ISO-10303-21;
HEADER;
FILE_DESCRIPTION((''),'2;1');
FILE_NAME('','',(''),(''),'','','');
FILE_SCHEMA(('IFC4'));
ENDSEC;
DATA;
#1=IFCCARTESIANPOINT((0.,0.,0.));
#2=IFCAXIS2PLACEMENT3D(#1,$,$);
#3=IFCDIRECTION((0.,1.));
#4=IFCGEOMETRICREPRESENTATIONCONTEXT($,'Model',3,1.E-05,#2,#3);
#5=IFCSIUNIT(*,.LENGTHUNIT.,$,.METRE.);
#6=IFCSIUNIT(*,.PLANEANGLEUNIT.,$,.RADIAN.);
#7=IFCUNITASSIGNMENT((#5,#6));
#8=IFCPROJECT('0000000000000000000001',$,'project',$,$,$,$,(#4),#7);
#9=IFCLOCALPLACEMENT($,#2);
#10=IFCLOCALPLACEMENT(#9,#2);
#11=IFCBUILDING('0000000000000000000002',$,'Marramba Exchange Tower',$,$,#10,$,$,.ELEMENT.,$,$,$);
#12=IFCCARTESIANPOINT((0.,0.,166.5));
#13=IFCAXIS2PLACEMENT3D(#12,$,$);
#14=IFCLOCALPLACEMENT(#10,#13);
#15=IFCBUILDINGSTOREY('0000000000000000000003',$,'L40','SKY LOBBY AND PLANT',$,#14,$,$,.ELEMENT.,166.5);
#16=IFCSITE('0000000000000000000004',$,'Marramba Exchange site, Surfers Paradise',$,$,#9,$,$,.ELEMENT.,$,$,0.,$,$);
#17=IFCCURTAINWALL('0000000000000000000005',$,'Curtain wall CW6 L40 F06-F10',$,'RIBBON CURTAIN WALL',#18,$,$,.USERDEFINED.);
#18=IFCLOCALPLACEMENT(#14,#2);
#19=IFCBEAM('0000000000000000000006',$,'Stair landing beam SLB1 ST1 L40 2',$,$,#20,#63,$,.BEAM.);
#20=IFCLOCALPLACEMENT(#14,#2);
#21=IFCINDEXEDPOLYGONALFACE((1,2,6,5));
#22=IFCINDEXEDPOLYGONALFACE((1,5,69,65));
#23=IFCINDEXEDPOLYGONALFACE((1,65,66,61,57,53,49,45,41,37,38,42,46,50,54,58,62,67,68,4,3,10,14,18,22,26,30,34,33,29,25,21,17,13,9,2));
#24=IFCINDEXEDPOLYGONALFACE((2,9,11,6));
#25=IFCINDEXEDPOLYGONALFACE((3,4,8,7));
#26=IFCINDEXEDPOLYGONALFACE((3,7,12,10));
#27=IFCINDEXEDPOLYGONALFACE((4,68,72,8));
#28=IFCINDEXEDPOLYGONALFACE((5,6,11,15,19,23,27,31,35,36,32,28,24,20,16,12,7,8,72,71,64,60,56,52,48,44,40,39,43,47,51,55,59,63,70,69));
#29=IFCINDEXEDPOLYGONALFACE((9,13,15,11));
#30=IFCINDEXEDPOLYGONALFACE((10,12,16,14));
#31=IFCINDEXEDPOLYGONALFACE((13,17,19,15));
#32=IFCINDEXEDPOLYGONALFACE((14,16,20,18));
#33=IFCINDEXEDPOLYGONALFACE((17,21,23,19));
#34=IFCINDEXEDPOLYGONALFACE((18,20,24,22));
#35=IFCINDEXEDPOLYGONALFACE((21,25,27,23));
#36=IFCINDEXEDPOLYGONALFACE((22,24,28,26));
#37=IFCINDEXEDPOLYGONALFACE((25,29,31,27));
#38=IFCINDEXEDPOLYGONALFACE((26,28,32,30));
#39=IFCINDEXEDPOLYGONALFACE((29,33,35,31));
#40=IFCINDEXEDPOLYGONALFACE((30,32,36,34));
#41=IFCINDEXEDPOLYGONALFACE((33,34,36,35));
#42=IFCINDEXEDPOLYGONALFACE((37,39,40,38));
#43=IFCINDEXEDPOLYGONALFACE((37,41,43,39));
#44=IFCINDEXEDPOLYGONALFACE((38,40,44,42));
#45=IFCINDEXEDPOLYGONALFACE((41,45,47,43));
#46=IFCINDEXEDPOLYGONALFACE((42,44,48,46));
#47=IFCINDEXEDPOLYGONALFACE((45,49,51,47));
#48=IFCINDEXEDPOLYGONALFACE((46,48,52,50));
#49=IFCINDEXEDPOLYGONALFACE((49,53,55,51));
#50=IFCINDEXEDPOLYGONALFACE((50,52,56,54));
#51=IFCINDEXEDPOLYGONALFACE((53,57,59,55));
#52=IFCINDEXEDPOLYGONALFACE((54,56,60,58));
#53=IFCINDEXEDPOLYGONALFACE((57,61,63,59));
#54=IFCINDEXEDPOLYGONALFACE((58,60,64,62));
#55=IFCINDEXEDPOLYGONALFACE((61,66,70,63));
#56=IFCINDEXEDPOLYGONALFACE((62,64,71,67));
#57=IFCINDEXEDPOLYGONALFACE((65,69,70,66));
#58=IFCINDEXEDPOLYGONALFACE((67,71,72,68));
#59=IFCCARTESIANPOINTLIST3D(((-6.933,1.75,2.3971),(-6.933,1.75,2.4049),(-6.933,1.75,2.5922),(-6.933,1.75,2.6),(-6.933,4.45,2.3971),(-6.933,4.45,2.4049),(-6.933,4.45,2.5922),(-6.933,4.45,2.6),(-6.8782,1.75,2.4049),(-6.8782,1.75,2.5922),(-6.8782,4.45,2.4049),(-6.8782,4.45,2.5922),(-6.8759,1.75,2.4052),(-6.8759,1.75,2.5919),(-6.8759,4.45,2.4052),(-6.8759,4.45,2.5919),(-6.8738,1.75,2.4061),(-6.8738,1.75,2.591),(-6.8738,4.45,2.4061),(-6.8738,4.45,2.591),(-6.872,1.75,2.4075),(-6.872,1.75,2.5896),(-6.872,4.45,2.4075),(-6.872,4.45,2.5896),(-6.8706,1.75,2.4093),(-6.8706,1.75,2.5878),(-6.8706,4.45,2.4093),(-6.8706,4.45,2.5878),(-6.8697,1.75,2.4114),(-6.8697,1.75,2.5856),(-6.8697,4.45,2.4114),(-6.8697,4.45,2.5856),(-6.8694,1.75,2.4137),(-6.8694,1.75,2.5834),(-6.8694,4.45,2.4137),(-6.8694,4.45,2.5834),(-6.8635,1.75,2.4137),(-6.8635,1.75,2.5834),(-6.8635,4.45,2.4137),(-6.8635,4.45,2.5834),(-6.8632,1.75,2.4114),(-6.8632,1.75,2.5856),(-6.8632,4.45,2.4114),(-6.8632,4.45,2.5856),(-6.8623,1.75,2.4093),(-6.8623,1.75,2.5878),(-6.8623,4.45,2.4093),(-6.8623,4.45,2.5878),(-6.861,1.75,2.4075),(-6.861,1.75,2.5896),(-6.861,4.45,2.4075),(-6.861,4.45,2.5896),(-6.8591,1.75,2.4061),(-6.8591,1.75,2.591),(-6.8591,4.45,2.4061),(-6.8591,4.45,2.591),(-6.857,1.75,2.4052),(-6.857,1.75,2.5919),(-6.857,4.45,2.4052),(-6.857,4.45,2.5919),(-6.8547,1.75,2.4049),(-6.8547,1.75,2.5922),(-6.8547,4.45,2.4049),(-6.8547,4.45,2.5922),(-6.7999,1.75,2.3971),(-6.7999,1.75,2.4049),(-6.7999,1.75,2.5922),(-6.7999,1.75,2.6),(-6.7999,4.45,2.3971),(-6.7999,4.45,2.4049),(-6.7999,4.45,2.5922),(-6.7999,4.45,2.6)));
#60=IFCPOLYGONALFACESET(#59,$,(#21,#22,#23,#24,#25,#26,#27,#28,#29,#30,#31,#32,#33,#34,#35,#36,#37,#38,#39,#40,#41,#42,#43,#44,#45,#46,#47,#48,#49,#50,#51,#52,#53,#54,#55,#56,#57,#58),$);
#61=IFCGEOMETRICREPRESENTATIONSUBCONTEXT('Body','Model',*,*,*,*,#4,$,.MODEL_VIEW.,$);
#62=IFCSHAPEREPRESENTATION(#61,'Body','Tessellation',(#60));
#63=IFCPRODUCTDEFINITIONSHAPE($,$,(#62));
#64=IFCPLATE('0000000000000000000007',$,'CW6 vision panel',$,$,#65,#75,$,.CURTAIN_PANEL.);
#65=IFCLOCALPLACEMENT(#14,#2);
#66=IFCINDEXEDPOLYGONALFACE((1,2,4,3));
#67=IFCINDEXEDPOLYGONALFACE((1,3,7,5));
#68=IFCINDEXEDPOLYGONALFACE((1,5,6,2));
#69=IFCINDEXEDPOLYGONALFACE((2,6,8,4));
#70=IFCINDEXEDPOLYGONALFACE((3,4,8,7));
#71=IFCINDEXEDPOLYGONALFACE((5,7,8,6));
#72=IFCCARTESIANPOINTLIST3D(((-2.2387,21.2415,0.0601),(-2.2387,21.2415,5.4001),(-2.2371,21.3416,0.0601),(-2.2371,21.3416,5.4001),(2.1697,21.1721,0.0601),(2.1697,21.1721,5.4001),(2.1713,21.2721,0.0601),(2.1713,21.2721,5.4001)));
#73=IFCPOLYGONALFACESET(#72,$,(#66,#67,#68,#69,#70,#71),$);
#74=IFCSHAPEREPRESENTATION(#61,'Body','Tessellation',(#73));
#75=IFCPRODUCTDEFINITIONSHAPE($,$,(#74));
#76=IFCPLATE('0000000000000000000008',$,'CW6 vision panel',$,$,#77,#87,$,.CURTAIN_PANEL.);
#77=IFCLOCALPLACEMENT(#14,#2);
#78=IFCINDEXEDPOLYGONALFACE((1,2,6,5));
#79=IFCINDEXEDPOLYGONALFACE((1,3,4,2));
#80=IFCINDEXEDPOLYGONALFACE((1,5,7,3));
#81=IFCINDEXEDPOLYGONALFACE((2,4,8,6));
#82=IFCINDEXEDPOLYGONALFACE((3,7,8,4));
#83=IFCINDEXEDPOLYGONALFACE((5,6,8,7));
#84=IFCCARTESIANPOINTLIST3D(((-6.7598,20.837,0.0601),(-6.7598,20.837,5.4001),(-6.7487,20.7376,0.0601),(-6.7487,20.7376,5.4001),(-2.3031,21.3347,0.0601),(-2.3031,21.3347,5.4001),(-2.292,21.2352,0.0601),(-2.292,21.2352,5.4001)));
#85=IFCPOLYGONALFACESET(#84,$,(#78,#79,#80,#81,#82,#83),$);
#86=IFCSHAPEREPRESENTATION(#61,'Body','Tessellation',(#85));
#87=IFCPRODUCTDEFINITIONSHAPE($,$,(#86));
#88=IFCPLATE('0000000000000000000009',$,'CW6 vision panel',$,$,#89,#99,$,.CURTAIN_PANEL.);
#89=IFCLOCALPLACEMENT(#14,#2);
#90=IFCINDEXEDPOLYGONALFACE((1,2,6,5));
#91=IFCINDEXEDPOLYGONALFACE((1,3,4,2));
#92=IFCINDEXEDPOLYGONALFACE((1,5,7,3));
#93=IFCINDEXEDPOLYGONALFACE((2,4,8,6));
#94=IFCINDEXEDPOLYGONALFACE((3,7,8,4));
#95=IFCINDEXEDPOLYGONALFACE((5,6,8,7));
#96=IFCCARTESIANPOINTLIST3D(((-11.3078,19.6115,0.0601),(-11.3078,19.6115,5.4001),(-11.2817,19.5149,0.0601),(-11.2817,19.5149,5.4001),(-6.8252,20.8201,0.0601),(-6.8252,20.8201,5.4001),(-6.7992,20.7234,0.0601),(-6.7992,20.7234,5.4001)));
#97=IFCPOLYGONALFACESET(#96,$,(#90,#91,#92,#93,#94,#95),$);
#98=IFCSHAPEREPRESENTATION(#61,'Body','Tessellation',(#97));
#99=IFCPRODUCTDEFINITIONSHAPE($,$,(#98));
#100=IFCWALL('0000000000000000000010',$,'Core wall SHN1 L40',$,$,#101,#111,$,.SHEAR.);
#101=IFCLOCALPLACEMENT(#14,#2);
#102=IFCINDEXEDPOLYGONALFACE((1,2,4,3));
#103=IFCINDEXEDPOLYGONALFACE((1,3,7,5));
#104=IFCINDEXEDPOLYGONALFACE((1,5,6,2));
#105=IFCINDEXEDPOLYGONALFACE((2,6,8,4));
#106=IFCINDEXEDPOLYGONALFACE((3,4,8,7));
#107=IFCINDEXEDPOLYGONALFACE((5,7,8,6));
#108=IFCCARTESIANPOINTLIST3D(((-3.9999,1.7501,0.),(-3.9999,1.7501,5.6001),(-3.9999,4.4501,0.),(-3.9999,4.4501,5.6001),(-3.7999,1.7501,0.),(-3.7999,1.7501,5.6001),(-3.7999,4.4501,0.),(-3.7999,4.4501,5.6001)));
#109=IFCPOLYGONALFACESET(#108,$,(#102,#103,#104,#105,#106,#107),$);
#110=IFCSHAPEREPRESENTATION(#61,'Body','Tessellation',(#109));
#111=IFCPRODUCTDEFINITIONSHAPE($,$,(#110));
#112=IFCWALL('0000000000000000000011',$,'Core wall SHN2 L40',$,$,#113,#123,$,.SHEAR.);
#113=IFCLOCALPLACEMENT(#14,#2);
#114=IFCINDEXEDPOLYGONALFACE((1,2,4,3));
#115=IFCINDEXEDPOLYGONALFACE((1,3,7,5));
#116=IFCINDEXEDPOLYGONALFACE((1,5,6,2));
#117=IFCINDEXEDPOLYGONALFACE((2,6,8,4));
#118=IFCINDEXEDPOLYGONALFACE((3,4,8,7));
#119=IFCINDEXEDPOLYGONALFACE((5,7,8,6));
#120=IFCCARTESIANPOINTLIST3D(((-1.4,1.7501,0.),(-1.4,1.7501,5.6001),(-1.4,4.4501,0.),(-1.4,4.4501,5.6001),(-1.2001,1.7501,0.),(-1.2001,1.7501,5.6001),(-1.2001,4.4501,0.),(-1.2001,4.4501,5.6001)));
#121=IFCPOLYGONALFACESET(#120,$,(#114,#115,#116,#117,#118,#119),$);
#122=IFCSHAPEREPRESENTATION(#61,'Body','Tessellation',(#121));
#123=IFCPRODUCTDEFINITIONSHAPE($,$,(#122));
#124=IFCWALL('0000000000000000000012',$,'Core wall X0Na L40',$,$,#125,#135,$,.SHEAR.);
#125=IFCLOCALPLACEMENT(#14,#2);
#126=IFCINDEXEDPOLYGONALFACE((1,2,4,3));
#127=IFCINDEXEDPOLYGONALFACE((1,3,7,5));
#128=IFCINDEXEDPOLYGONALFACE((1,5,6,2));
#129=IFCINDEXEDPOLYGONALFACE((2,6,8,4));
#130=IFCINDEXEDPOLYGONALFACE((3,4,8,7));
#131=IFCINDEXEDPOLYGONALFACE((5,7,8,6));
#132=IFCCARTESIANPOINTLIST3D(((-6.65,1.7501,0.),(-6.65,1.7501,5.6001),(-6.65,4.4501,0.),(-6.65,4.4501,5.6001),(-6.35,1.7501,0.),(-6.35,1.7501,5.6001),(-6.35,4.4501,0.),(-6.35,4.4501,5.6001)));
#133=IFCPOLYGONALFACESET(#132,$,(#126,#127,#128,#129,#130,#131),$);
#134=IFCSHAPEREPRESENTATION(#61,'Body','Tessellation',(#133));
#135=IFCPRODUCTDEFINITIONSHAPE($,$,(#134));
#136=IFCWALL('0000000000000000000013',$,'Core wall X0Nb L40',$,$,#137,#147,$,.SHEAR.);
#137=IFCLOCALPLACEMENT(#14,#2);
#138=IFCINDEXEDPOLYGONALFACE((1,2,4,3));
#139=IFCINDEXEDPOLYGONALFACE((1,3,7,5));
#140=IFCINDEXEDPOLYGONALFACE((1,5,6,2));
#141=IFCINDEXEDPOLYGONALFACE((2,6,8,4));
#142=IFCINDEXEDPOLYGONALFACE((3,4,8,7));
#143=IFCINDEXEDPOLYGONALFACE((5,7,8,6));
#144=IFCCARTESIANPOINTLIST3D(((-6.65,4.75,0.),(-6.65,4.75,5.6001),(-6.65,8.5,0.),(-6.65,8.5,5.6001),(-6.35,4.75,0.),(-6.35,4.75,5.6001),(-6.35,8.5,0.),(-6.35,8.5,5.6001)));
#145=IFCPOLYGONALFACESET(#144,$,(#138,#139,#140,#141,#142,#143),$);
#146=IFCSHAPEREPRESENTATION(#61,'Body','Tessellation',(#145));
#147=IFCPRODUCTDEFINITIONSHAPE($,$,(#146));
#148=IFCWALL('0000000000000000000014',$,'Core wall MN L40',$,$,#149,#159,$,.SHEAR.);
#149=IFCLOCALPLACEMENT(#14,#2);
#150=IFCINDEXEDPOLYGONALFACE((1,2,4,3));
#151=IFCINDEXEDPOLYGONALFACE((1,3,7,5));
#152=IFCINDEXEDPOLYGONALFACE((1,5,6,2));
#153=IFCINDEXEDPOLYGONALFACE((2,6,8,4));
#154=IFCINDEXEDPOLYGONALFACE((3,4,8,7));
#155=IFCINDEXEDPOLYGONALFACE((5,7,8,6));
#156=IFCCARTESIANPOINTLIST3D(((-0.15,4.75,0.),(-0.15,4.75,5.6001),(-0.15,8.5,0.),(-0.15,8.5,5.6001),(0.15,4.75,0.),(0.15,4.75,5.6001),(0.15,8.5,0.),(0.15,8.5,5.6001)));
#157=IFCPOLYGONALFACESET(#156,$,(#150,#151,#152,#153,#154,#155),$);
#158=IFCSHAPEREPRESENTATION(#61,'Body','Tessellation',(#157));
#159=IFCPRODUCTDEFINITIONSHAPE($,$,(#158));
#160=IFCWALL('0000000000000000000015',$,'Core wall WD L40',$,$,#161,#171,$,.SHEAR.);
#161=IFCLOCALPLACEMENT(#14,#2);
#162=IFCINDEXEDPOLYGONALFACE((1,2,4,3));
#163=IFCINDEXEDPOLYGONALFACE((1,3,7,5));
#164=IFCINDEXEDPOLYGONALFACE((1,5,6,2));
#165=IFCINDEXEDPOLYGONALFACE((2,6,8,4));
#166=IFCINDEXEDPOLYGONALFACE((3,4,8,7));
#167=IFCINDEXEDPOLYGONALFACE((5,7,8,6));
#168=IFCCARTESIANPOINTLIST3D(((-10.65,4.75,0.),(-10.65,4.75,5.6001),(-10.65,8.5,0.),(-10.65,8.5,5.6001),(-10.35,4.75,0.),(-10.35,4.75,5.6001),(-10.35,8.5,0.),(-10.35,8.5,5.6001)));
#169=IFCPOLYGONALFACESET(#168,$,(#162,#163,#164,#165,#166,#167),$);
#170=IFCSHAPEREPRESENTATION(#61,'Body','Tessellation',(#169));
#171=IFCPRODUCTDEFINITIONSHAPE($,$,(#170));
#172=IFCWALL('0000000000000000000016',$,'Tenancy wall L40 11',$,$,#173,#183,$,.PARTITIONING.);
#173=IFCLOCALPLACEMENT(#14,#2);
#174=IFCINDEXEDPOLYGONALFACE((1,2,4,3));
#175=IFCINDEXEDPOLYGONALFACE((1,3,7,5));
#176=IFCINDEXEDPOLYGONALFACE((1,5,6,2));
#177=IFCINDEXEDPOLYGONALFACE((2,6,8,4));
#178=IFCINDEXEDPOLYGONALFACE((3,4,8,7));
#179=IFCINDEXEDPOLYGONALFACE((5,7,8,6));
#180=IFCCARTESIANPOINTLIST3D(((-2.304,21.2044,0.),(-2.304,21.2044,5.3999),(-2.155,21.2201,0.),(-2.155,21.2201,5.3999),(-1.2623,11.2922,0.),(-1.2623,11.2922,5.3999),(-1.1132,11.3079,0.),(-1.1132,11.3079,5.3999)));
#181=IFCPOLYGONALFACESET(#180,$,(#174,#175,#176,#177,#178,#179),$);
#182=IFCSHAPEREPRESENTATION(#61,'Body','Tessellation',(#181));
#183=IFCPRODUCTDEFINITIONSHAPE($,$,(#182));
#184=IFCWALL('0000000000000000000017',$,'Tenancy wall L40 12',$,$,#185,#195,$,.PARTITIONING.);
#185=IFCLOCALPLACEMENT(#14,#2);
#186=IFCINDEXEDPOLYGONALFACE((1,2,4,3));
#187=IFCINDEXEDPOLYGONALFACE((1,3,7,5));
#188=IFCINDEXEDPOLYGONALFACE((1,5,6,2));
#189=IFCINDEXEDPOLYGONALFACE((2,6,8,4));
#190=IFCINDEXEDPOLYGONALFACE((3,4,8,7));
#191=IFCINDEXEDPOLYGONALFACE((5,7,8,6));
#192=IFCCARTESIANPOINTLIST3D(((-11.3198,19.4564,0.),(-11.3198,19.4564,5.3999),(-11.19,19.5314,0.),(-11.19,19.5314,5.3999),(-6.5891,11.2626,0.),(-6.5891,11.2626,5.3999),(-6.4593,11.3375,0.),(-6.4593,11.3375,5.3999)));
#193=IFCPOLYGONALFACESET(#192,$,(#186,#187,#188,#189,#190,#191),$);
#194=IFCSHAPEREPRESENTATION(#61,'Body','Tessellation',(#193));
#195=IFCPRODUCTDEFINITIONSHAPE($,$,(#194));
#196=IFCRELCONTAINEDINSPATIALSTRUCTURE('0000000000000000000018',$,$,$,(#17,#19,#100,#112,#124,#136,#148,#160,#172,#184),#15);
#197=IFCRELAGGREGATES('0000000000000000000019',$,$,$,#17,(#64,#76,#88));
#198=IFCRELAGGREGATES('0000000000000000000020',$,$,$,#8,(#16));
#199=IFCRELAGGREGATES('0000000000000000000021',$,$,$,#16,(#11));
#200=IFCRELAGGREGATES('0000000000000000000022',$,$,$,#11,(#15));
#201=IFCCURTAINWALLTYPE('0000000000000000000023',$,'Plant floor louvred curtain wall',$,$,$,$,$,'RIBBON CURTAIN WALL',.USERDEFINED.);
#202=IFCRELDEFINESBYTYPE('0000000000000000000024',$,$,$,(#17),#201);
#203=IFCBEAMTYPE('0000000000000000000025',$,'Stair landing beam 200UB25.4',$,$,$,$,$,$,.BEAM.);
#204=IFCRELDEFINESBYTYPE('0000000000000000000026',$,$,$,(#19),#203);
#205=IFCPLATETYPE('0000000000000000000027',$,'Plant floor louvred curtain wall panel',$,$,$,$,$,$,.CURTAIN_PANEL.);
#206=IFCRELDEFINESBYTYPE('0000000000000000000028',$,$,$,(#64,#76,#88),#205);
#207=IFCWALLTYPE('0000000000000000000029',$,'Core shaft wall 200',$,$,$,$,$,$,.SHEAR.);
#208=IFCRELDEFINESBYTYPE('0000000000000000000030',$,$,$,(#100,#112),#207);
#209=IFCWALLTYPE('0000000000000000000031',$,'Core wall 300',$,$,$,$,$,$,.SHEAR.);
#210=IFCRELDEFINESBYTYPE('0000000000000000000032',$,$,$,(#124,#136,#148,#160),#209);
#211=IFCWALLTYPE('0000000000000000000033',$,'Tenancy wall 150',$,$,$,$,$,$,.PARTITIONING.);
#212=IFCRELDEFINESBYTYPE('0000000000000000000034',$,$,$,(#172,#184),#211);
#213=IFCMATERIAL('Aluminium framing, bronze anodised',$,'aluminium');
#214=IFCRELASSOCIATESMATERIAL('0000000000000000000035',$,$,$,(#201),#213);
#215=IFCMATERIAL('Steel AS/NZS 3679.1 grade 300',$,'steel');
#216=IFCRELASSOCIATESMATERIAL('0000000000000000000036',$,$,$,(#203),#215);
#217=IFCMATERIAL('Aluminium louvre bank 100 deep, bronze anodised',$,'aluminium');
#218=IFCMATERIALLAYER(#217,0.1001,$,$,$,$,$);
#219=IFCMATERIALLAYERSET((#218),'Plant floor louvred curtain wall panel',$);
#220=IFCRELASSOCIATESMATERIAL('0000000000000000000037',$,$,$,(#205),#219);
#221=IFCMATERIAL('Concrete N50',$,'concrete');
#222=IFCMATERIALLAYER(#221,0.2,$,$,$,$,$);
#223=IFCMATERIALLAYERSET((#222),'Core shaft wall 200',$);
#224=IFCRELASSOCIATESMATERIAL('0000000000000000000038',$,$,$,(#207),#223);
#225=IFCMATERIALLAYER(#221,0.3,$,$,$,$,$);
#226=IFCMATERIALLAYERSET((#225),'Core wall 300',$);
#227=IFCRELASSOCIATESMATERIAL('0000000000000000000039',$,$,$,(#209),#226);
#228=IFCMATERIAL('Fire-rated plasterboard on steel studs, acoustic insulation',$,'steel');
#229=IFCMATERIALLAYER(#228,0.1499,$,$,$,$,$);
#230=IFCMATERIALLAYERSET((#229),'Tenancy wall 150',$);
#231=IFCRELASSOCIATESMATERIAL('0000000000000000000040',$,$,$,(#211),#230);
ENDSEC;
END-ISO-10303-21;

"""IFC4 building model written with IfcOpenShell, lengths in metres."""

from ifc_helpers import new_model, si_unit, direction, frame, frame_2d, origin, origin_2d, place, context, subcontext, project, spatial, rectangle, i_section, extrude, material, layer, layer_set, material_profile, profile_set, type_object, element, aggregate, save


model = new_model("IFC4")

# Units and contexts
model_context = context("Model", 3, precision=1e-05, world=origin(), true_north=direction((0.0, 1.0)))
body_context = subcontext(model_context, "Body", "Model", "MODEL_VIEW")
ifc_project = project(units=[si_unit("LENGTHUNIT", "METRE"), si_unit("PLANEANGLEUNIT", "RADIAN")], contexts=[model_context])

# Site, building, storey
site_placement = place(None, origin())
site = spatial("IfcSite", under=ifc_project, at=site_placement, Name="Marramba Exchange site, Surfers Paradise", CompositionType="ELEMENT", RefElevation=0.0)
building_placement = place(site_placement, origin())
building = spatial("IfcBuilding", under=site, at=building_placement, Name="Marramba Exchange Tower", CompositionType="ELEMENT")
storey_placement = place(building_placement, frame((0.0, 0.0, 166.5)))
storey = spatial("IfcBuildingStorey", under=building, at=storey_placement, Name="L40", Description="SKY LOBBY AND PLANT", CompositionType="ELEMENT", Elevation=166.5)

# Shared definitions
ifc_material_1 = material(Name="Concrete N50", Category="concrete")

# Shared definitions
ifc_material_2 = material(Name="Steel AS/NZS 3679.1 grade 300", Category="steel")

# Curtain wall
ifc_material_3 = material(Name="Aluminium framing, bronze anodised", Category="aluminium")
curtain_wall_type = type_object("IfcCurtainWallType", Name="Plant floor louvred curtain wall", ElementType="RIBBON CURTAIN WALL", PredefinedType="USERDEFINED", material=ifc_material_3)
curtain_wall_1_placement = place(storey_placement, origin())
curtain_wall_1 = element("IfcCurtainWall", 1, at=curtain_wall_1_placement, inside=storey, type_object=curtain_wall_type, Name="Curtain wall CW6 L40 F06-F10", ObjectType="RIBBON CURTAIN WALL", PredefinedType="USERDEFINED")

# Beam
ifc_material_profile_1 = material_profile(ifc_material_2, i_section(OverallWidth=0.1331, OverallDepth=0.2029, WebThickness=0.0059, FlangeThickness=0.0078, FilletRadius=0.0088, at=origin_2d()), Name="200UB25.4")
ifc_profile_set_1 = profile_set([ifc_material_profile_1], Name="Steel AS/NZS 3679.1 grade 300")
beam_type_1 = type_object("IfcBeamType", Name="Stair landing beam 200UB25.4", PredefinedType="BEAM", material=ifc_profile_set_1)
for number, where, z_axis, x_axis, name in (
    (2, (-6.8665, 1.75, 2.4985), (0.0, 1.0, 0.0), (-1.0, 0.0, 0.0), "Stair landing beam SLB1 ST1 L40 2"),
):
    element("IfcBeam", number, at=place(storey_placement, frame(where, z_axis=z_axis, x_axis=x_axis)), inside=storey, type_object=beam_type_1, Name=name, PredefinedType="BEAM", context=body_context, shape_type="SweptSolid", body=[
        extrude(i_section(OverallWidth=0.1331, OverallDepth=0.2029, WebThickness=0.0059, FlangeThickness=0.0078, FilletRadius=0.0088, at=origin_2d()), origin(), (0.0, 0.0, 1.0), 2.7),
    ])

# Plates
ifc_material_4 = material(Name="Aluminium louvre bank 100 deep, bronze anodised", Category="aluminium")
ifc_layer_1 = layer(ifc_material_4, 0.1001)
ifc_layer_set_1 = layer_set([ifc_layer_1], Name="Plant floor louvred curtain wall panel")
plate_type = type_object("IfcPlateType", Name="Plant floor louvred curtain wall panel", PredefinedType="CURTAIN_PANEL", material=ifc_layer_set_1)
plate_1_placement = place(storey_placement, frame((-0.0337, 21.2568, 0.0601), z_axis=(0.0, 0.0, 1.0), x_axis=(-0.999876, 0.015756, 0.0)))
plate_1 = element("IfcPlate", 3, at=plate_1_placement, type_object=plate_type, Name="CW6 vision panel", PredefinedType="CURTAIN_PANEL", context=body_context, shape_type="SweptSolid", body=[
    extrude(rectangle(XDim=4.4089, YDim=0.1001, at=origin_2d()), origin(), (0.0, 0.0, 1.0), 5.3401),
])
plate_2_placement = place(storey_placement, frame((-4.5259, 21.0361, 0.0601), z_axis=(0.0, 0.0, 1.0), x_axis=(-0.993823, -0.110973, 0.0)))
plate_2 = element("IfcPlate", 4, at=plate_2_placement, type_object=plate_type, Name="CW6 vision panel", PredefinedType="CURTAIN_PANEL", context=body_context, shape_type="SweptSolid", body=[
    extrude(rectangle(XDim=4.4844, YDim=0.1001, at=origin_2d()), origin(), (0.0, 0.0, 1.0), 5.3401),
])
plate_3_placement = place(storey_placement, frame((-9.0535, 20.1675, 0.0601), z_axis=(0.0, 0.0, 1.0), x_axis=(-0.965522, -0.260321, 0.0)))
plate_3 = element("IfcPlate", 5, at=plate_3_placement, type_object=plate_type, Name="CW6 vision panel", PredefinedType="CURTAIN_PANEL", context=body_context, shape_type="SweptSolid", body=[
    extrude(rectangle(XDim=4.6426, YDim=0.1001, at=origin_2d()), origin(), (0.0, 0.0, 1.0), 5.3401),
])
aggregate(curtain_wall_1, [plate_1, plate_2, plate_3])

# Walls
ifc_layer_2 = layer(ifc_material_1, 0.2)
ifc_layer_set_2 = layer_set([ifc_layer_2], Name="Core shaft wall 200")
wall_type_1 = type_object("IfcWallType", Name="Core shaft wall 200", PredefinedType="SHEAR", material=ifc_layer_set_2)
for number, where, z_axis, x_axis, name in (
    (6, (-3.8999, 1.75, 0.0), (0.0, 0.0, 1.0), (0.0, 1.0, 0.0), "Core wall SHN1 L40"),
    (7, (-1.3, 1.75, 0.0), (0.0, 0.0, 1.0), (0.0, 1.0, 0.0), "Core wall SHN2 L40"),
):
    element("IfcWall", number, at=place(storey_placement, frame(where, z_axis=z_axis, x_axis=x_axis)), inside=storey, type_object=wall_type_1, Name=name, PredefinedType="SHEAR", context=body_context, shape_type="SweptSolid", body=[
        extrude(rectangle(XDim=2.7, YDim=0.2, at=frame_2d((1.3501, 0.0))), origin(), (0.0, 0.0, 1.0), 5.6001),
    ])
ifc_layer_3 = layer(ifc_material_1, 0.3)
ifc_layer_set_3 = layer_set([ifc_layer_3], Name="Core wall 300")
wall_type_2 = type_object("IfcWallType", Name="Core wall 300", PredefinedType="SHEAR", material=ifc_layer_set_3)
wall_1_placement = place(storey_placement, frame((-6.5, 1.75, 0.0), z_axis=(0.0, 0.0, 1.0), x_axis=(0.0, 1.0, 0.0)))
element("IfcWall", 8, at=wall_1_placement, inside=storey, type_object=wall_type_2, Name="Core wall X0Na L40", PredefinedType="SHEAR", context=body_context, shape_type="SweptSolid", body=[
    extrude(rectangle(XDim=2.7, YDim=0.3, at=frame_2d((1.3501, 0.0))), origin(), (0.0, 0.0, 1.0), 5.6001),
])
for number, where, z_axis, x_axis, name in (
    (9, (-6.5, 4.75, 0.0), (0.0, 0.0, 1.0), (0.0, 1.0, 0.0), "Core wall X0Nb L40"),
    (10, (0.0, 4.75, 0.0), (0.0, 0.0, 1.0), (0.0, 1.0, 0.0), "Core wall MN L40"),
    (11, (-10.5, 4.75, 0.0), (0.0, 0.0, 1.0), (0.0, 1.0, 0.0), "Core wall WD L40"),
):
    element("IfcWall", number, at=place(storey_placement, frame(where, z_axis=z_axis, x_axis=x_axis)), inside=storey, type_object=wall_type_2, Name=name, PredefinedType="SHEAR", context=body_context, shape_type="SweptSolid", body=[
        extrude(rectangle(XDim=3.75, YDim=0.3, at=frame_2d((1.875, 0.0))), origin(), (0.0, 0.0, 1.0), 5.6001),
    ])
ifc_material_5 = material(Name="Fire-rated plasterboard on steel studs, acoustic insulation", Category="steel")
ifc_layer_4 = layer(ifc_material_5, 0.1499)
ifc_layer_set_4 = layer_set([ifc_layer_4], Name="Tenancy wall 150")
wall_type_3 = type_object("IfcWallType", Name="Tenancy wall 150", PredefinedType="PARTITIONING", material=ifc_layer_set_4)
wall_2_placement = place(storey_placement, frame((-1.1877, 11.3, 0.0), z_axis=(0.0, 0.0, 1.0), x_axis=(-0.104523, 0.994522, 0.0)))
element("IfcWall", 12, at=wall_2_placement, inside=storey, type_object=wall_type_3, Name="Tenancy wall L40 11", PredefinedType="PARTITIONING", context=body_context, shape_type="SweptSolid", body=[
    extrude(rectangle(XDim=9.9668, YDim=0.1499, at=frame_2d((4.9834, 0.0))), origin(), (0.0, 0.0, 1.0), 5.3999),
])
wall_3_placement = place(storey_placement, frame((-6.5242, 11.3, 0.0), z_axis=(0.0, 0.0, 1.0), x_axis=(-0.499999, 0.866026, 0.0)))
element("IfcWall", 13, at=wall_3_placement, inside=storey, type_object=wall_type_3, Name="Tenancy wall L40 12", PredefinedType="PARTITIONING", context=body_context, shape_type="SweptSolid", body=[
    extrude(rectangle(XDim=9.4614, YDim=0.1499, at=frame_2d((4.7307, 0.0))), origin(), (0.0, 0.0, 1.0), 5.3999),
])

save(model, "model.ifc")
